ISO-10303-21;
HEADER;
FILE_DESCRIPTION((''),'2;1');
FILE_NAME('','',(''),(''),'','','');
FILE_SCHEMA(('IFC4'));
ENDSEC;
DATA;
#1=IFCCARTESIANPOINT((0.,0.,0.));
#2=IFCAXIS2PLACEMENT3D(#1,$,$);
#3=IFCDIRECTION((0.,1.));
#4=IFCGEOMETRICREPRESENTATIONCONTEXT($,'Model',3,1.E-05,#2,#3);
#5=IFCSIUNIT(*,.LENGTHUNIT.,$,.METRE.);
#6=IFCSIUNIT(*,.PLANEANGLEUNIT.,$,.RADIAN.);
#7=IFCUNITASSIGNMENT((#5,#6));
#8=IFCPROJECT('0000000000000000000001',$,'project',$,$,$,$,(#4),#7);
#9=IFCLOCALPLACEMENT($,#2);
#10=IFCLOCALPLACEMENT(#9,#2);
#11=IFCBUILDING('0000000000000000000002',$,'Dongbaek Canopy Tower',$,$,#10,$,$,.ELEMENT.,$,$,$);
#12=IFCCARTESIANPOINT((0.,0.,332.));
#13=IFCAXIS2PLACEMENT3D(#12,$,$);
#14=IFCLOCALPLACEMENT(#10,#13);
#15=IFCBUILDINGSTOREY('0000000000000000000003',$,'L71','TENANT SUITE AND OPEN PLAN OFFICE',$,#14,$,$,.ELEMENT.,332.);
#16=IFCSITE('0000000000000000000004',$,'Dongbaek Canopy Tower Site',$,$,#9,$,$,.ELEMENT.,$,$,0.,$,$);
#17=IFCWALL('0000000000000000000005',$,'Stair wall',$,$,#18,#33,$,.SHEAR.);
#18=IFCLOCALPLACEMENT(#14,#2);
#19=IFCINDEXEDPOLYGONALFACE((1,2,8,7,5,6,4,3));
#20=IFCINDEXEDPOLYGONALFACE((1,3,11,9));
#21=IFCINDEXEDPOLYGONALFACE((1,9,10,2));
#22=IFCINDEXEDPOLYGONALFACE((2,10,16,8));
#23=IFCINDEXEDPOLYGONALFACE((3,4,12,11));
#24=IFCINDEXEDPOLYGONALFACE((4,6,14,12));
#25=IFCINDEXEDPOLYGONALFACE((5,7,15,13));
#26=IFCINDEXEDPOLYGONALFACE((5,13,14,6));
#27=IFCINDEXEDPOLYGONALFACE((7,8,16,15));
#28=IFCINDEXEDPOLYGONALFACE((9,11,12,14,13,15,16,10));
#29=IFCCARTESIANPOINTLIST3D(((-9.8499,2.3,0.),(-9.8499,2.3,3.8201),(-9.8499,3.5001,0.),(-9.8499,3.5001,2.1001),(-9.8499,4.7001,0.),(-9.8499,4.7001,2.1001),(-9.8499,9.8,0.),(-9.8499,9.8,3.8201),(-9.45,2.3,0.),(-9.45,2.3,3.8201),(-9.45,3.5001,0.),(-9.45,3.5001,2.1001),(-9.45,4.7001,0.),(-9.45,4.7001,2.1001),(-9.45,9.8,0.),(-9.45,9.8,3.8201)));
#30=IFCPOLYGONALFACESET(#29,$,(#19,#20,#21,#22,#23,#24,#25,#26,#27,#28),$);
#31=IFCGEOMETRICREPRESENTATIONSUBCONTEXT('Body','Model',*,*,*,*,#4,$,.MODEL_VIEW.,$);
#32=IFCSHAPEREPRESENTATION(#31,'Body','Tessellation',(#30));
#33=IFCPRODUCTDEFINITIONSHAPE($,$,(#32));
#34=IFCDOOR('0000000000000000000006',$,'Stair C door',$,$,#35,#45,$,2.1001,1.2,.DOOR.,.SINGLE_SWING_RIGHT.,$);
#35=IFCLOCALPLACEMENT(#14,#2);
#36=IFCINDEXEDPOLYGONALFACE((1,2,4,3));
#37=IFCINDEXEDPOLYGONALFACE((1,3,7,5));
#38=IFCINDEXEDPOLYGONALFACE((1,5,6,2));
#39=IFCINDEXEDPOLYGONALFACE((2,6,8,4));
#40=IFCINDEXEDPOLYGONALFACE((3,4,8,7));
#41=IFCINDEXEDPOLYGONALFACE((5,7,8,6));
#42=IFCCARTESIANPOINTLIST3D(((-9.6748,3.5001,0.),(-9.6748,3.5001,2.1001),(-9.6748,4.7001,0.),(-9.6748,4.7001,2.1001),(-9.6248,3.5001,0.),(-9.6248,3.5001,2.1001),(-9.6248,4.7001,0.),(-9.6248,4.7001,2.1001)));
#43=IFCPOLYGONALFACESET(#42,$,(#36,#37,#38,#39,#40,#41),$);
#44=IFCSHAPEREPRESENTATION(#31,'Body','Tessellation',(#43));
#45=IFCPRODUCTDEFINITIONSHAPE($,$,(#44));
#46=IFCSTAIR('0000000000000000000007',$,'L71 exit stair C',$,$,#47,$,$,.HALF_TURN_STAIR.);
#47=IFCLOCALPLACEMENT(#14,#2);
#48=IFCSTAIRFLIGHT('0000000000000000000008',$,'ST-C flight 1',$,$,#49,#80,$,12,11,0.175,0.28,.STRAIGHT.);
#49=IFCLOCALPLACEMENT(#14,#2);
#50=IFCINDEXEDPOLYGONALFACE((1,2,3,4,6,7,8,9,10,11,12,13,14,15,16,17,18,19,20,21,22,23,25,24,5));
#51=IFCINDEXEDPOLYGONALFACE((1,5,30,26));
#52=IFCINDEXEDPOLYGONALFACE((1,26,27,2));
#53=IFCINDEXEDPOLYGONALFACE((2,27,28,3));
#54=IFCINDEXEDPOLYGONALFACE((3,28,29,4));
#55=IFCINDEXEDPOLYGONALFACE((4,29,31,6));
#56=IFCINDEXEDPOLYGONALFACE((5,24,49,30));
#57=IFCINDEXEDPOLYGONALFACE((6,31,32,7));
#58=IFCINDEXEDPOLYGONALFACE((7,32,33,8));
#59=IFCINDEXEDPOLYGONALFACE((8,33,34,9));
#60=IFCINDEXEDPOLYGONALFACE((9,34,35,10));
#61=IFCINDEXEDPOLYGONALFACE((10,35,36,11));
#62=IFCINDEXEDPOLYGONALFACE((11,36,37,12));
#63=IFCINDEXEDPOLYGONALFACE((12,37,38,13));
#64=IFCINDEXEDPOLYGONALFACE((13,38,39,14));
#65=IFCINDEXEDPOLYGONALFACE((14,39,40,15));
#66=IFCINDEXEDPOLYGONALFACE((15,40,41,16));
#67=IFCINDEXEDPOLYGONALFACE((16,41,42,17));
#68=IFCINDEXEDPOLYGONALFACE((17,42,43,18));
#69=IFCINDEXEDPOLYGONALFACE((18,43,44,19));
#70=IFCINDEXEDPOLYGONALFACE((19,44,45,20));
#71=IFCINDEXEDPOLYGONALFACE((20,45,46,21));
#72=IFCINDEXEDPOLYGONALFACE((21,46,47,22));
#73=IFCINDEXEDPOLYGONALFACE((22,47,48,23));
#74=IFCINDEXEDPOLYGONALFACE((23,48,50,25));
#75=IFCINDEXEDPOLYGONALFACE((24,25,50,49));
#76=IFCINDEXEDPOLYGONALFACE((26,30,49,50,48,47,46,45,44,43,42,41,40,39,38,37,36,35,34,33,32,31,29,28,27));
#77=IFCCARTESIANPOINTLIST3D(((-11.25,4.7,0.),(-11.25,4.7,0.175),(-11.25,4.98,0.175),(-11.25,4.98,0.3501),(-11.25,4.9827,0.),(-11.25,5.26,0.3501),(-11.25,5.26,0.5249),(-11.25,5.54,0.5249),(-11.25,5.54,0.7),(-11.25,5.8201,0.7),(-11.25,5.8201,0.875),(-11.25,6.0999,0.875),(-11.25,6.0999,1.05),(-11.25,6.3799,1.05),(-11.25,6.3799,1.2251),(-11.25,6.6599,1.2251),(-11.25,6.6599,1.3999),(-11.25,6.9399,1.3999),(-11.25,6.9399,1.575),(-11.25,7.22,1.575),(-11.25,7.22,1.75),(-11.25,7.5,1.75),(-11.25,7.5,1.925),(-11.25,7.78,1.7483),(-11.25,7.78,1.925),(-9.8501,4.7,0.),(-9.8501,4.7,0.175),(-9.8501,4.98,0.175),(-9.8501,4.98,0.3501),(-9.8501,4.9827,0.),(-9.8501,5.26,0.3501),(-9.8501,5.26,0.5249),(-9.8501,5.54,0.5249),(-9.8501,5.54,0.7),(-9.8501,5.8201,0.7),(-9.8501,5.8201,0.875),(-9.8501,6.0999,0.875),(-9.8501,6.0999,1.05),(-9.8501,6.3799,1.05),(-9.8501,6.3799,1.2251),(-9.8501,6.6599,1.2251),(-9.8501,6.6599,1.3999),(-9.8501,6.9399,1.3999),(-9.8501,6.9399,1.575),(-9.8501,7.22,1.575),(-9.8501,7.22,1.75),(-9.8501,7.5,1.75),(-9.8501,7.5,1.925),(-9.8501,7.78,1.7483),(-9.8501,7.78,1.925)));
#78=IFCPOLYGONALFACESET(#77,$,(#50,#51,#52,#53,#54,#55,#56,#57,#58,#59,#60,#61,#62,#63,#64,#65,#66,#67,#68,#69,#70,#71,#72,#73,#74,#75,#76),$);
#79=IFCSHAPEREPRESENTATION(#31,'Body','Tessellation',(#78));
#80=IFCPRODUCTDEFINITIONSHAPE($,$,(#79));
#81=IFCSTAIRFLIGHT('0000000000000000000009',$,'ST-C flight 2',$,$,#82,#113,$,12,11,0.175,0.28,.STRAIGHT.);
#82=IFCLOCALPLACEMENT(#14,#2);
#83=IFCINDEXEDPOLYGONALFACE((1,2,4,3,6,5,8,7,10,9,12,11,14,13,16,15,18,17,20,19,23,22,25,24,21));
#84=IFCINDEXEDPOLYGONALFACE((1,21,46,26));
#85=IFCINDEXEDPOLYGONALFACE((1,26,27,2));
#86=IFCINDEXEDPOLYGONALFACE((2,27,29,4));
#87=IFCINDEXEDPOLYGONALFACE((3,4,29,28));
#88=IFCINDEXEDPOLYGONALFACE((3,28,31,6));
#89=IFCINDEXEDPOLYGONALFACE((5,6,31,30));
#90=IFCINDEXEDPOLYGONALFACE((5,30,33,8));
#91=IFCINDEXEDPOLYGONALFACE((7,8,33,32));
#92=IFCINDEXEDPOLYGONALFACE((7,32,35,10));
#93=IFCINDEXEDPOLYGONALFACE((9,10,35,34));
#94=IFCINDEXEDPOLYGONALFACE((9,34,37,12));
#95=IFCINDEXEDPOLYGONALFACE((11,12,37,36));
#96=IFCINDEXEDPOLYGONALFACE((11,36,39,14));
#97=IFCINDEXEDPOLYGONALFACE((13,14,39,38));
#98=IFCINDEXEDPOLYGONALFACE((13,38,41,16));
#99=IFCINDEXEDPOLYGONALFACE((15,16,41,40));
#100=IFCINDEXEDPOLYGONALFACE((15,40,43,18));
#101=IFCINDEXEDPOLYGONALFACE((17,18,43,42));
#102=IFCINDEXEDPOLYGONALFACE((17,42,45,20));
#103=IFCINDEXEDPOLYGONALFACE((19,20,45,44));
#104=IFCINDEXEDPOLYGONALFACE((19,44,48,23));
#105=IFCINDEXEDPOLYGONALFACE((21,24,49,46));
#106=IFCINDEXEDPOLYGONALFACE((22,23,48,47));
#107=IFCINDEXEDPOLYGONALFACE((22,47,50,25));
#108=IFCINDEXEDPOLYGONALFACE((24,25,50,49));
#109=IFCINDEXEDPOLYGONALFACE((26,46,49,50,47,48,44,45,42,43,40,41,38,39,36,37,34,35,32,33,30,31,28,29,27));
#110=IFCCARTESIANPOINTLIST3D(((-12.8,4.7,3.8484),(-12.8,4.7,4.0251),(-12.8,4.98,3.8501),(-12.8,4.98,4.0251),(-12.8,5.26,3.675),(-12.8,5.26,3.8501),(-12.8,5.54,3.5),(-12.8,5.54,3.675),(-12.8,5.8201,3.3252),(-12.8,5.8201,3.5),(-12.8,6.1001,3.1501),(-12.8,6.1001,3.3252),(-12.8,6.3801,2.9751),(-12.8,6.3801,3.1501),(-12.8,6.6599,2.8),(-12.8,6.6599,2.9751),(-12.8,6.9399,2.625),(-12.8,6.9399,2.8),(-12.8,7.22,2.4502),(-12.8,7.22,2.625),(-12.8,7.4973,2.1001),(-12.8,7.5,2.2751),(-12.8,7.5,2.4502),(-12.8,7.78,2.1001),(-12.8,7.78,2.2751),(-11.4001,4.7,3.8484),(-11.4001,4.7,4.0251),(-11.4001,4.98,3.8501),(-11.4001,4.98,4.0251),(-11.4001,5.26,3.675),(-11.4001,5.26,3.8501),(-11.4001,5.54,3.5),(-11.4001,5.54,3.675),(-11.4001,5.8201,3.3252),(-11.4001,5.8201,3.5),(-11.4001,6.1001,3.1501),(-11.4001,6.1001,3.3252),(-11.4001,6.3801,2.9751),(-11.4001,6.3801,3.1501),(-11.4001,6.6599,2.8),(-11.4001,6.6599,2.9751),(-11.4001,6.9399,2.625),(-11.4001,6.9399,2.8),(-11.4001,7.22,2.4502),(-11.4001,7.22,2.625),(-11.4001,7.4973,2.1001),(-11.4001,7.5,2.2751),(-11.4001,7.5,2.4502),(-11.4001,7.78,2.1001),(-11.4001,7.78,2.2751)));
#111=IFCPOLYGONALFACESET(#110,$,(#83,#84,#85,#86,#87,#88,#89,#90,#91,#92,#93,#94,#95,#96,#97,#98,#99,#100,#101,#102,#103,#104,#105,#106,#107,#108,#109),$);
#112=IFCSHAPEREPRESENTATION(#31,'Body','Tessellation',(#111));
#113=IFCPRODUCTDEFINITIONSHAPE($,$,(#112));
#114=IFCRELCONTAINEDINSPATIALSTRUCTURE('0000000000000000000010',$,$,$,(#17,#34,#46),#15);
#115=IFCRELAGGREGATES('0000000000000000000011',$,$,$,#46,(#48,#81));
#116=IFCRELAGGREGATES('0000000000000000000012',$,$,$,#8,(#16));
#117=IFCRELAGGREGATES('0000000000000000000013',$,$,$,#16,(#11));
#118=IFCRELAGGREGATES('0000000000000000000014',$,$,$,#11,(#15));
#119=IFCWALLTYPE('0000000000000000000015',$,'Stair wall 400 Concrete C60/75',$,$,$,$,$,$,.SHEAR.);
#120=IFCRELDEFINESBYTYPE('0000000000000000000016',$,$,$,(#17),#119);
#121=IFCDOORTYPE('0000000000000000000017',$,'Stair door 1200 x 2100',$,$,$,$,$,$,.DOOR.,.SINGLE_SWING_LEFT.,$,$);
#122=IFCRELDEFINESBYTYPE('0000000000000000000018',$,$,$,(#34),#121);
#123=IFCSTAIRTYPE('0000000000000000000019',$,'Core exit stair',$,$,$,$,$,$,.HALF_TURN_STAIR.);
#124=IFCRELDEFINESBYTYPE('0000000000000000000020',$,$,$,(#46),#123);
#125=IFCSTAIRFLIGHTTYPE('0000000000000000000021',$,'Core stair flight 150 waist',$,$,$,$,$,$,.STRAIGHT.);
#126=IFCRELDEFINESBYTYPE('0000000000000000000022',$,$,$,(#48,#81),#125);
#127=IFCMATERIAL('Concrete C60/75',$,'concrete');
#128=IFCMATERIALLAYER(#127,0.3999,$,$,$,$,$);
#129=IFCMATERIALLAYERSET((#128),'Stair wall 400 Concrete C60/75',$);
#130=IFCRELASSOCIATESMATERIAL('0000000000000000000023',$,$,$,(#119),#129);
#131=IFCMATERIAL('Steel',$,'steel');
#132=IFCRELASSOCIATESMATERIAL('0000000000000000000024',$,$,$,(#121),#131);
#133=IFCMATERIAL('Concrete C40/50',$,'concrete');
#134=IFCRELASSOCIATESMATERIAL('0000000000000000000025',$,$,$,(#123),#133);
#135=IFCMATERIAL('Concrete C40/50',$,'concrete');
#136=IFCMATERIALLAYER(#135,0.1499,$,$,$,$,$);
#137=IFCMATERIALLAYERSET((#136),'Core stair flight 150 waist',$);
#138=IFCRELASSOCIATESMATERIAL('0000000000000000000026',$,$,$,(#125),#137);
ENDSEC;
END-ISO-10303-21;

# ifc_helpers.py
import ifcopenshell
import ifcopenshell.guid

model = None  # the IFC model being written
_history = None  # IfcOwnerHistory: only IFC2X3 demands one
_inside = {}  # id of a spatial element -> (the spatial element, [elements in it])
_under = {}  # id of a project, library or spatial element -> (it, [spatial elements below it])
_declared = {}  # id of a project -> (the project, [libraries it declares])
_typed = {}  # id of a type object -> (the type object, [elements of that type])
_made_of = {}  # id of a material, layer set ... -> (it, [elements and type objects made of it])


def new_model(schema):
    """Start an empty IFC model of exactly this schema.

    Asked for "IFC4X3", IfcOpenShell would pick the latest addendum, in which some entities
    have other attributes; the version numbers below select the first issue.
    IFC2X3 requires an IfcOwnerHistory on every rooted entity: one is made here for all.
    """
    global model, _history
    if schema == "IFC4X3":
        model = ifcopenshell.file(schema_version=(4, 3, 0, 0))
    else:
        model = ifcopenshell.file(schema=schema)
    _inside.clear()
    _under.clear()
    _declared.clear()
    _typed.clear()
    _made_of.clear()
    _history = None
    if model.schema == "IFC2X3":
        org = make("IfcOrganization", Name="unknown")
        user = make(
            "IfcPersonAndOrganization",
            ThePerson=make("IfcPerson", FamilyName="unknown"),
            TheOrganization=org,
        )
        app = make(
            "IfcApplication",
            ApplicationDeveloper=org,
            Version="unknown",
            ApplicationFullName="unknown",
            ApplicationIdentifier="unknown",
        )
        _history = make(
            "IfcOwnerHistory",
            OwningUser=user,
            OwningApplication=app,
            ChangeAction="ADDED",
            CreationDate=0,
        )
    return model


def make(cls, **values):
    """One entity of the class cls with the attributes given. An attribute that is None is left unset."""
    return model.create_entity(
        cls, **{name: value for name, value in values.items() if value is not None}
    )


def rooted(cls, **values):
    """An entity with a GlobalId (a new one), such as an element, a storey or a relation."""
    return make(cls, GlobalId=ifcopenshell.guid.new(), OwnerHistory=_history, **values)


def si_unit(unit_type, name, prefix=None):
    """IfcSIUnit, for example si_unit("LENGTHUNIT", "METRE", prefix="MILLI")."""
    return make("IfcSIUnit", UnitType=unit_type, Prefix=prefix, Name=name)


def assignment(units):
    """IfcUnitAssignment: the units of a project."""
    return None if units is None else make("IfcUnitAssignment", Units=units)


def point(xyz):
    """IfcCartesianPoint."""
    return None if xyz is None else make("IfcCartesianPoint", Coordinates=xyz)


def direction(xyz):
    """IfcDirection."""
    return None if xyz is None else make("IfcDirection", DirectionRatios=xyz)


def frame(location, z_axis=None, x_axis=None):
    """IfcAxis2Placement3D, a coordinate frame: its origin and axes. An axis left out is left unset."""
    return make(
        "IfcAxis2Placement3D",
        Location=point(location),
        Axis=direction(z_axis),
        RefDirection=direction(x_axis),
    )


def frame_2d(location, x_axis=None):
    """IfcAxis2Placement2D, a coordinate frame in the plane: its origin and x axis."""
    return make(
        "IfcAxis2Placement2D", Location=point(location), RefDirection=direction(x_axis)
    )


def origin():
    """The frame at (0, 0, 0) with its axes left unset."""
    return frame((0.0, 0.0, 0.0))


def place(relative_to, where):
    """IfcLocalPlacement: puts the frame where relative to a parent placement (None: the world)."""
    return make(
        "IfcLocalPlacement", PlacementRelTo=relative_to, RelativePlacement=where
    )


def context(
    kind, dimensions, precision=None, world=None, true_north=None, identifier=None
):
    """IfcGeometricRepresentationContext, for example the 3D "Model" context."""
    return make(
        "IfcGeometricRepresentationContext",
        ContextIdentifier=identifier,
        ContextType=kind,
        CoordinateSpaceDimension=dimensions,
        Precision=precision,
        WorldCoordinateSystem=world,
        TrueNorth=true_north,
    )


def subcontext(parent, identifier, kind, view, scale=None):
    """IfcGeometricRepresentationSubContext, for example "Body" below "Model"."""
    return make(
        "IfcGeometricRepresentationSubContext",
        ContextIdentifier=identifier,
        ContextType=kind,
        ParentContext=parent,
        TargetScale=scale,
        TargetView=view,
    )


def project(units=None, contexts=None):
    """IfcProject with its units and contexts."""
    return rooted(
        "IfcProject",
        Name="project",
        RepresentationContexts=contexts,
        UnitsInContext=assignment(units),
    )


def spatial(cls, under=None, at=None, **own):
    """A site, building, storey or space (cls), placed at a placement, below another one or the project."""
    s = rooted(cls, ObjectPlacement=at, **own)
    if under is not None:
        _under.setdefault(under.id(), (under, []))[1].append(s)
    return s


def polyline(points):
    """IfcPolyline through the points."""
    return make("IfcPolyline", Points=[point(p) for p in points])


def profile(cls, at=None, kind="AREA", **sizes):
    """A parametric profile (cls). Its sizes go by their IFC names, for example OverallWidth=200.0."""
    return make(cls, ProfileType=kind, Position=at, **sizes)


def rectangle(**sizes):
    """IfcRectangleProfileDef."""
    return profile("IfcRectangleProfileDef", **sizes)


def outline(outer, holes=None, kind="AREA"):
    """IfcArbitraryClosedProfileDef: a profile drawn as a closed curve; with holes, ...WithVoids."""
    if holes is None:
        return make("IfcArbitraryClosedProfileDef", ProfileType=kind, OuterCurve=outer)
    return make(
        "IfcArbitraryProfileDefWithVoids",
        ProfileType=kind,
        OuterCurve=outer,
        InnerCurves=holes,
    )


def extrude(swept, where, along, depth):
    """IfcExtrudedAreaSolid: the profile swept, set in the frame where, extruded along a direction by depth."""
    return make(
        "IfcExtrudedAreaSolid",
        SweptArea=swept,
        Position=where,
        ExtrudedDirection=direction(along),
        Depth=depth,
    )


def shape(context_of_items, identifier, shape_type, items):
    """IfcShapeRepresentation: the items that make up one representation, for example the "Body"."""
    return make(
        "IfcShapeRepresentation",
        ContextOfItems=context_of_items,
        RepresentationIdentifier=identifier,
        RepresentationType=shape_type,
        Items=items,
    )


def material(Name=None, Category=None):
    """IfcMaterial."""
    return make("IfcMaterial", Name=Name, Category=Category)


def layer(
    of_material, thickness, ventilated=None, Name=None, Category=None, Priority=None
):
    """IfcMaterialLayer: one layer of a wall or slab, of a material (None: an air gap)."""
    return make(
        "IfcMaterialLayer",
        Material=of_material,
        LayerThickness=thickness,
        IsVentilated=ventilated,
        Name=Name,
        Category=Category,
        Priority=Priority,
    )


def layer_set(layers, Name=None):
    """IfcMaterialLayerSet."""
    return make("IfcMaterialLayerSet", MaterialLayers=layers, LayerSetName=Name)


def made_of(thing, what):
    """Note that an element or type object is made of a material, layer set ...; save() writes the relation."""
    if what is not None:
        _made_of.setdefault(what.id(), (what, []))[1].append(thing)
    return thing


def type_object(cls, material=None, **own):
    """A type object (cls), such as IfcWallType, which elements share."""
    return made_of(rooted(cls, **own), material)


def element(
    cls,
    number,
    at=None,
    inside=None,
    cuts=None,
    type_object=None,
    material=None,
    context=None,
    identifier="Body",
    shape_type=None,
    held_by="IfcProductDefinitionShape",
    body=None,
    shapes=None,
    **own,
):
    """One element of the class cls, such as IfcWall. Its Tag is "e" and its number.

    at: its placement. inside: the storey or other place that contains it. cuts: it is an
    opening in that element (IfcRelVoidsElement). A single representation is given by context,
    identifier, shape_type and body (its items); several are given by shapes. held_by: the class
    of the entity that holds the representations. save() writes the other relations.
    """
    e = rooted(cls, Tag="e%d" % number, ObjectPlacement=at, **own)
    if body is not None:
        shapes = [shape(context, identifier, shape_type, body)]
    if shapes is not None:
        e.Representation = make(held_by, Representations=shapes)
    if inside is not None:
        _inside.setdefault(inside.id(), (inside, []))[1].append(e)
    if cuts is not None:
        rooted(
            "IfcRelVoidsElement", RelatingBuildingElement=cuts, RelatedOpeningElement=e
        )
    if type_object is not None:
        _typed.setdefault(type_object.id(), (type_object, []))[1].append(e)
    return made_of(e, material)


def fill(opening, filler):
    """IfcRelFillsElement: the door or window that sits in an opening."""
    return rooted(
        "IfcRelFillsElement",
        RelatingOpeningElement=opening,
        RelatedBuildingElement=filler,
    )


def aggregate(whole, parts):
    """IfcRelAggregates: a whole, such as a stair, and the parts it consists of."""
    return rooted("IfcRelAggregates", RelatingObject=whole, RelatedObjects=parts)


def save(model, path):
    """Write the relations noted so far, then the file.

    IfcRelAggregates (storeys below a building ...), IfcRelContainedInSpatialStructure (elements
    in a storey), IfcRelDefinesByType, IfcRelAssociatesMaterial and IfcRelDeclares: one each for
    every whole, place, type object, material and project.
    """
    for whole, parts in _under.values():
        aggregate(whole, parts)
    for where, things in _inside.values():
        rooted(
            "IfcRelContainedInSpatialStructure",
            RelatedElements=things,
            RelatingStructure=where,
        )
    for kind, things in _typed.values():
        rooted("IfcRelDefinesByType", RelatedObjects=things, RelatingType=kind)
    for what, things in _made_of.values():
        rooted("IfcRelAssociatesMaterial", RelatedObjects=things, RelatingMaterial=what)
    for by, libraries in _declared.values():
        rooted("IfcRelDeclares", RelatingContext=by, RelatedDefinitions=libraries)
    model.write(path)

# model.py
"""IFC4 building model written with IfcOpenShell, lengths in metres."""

from ifc_helpers import new_model, si_unit, direction, frame, frame_2d, origin, place, context, subcontext, project, spatial, polyline, rectangle, outline, extrude, material, layer, layer_set, type_object, element, fill, aggregate, save


model = new_model("IFC4")

# Units and contexts
model_context = context("Model", 3, precision=1e-05, world=origin(), true_north=direction((0.0, 1.0)))
body_context = subcontext(model_context, "Body", "Model", "MODEL_VIEW")
ifc_project = project(units=[si_unit("LENGTHUNIT", "METRE"), si_unit("PLANEANGLEUNIT", "RADIAN")], contexts=[model_context])

# Site, building, storey
site_placement = place(None, origin())
site = spatial("IfcSite", under=ifc_project, at=site_placement, Name="Dongbaek Canopy Tower Site", CompositionType="ELEMENT", RefElevation=0.0)
building_placement = place(site_placement, origin())
building = spatial("IfcBuilding", under=site, at=building_placement, Name="Dongbaek Canopy Tower", CompositionType="ELEMENT")
storey_placement = place(building_placement, frame((0.0, 0.0, 332.0)))
storey = spatial("IfcBuildingStorey", under=building, at=storey_placement, Name="L71", Description="TENANT SUITE AND OPEN PLAN OFFICE", CompositionType="ELEMENT", Elevation=332.0)

# Wall, opening, door
ifc_material_1 = material(Name="Concrete C60/75", Category="concrete")
ifc_layer_1 = layer(ifc_material_1, 0.3999)
ifc_layer_set_1 = layer_set([ifc_layer_1], Name="Stair wall 400 Concrete C60/75")
wall_type_1 = type_object("IfcWallType", Name="Stair wall 400 Concrete C60/75", PredefinedType="SHEAR", material=ifc_layer_set_1)
wall_1_placement = place(storey_placement, frame((-9.6499, 2.3, 0.0), z_axis=(0.0, 0.0, 1.0), x_axis=(0.0, 1.0, 0.0)))
wall_1 = element("IfcWall", 1, at=wall_1_placement, inside=storey, type_object=wall_type_1, Name="Stair wall", PredefinedType="SHEAR", context=body_context, shape_type="SweptSolid", body=[
    extrude(rectangle(XDim=7.5, YDim=0.3999, at=frame_2d((3.75, 0.0))), origin(), (0.0, 0.0, 1.0), 3.8201),
])
opening_1_placement = place(wall_1_placement, frame((1.2, 0.0, 0.0)))
opening_1 = element("IfcOpeningElement", 2, at=opening_1_placement, cuts=wall_1, PredefinedType="OPENING", context=body_context, shape_type="SweptSolid", body=[
    extrude(rectangle(XDim=1.2, YDim=2.1001, at=frame_2d((0.6001, 1.05))), frame((0.0, 0.21, 0.0), z_axis=(0.0, -1.0, 0.0), x_axis=(1.0, 0.0, 0.0)), (0.0, 0.0, 1.0), 0.4199),
])
ifc_material_2 = material(Name="Steel", Category="steel")
door_type_1 = type_object("IfcDoorType", Name="Stair door 1200 x 2100", OperationType="SINGLE_SWING_LEFT", PredefinedType="DOOR", material=ifc_material_2)
door_1_placement = place(opening_1_placement, origin())
door_1 = element("IfcDoor", 3, at=door_1_placement, inside=storey, type_object=door_type_1, Name="Stair C door", OperationType="SINGLE_SWING_RIGHT", OverallHeight=2.1001, OverallWidth=1.2, PredefinedType="DOOR", context=body_context, shape_type="SweptSolid", body=[
    extrude(rectangle(XDim=1.2, YDim=2.1001, at=frame_2d((0.6001, 1.05))), frame((0.0, 0.0249, 0.0), z_axis=(0.0, -1.0, 0.0), x_axis=(1.0, 0.0, 0.0)), (0.0, 0.0, 1.0), 0.05),
])
fill(opening_1, door_1)

# Stair, stair flights
ifc_material_3 = material(Name="Concrete C40/50", Category="concrete")
stair_type = type_object("IfcStairType", Name="Core exit stair", PredefinedType="HALF_TURN_STAIR", material=ifc_material_3)
stair_placement = place(storey_placement, origin())
stair = element("IfcStair", 4, at=stair_placement, inside=storey, type_object=stair_type, Name="L71 exit stair C", PredefinedType="HALF_TURN_STAIR")
ifc_material_4 = material(Name="Concrete C40/50", Category="concrete")
ifc_layer_2 = layer(ifc_material_4, 0.1499)
ifc_layer_set_2 = layer_set([ifc_layer_2], Name="Core stair flight 150 waist")
stair_flight_type = type_object("IfcStairFlightType", Name="Core stair flight 150 waist", PredefinedType="STRAIGHT", material=ifc_layer_set_2)
stair_flight_1_placement = place(storey_placement, frame((-10.55, 4.7, 0.0), z_axis=(0.0, 0.0, 1.0), x_axis=(0.0, 1.0, 0.0)))
stair_flight_1 = element("IfcStairFlight", 5, at=stair_flight_1_placement, type_object=stair_flight_type, Name="ST-C flight 1", NumberOfRisers=12, NumberOfTreads=11, PredefinedType="STRAIGHT", RiserHeight=0.175, TreadLength=0.28, context=body_context, shape_type="SweptSolid", body=[
    extrude(outline(polyline([(0.0, 0.0), (0.0, 0.175), (0.28, 0.175), (0.28, 0.3501), (0.5601, 0.3501), (0.5601, 0.5249), (0.8401, 0.5249), (0.8401, 0.7), (1.1201, 0.7), (1.1201, 0.875), (1.3999, 0.875), (1.3999, 1.05), (1.6799, 1.05), (1.6799, 1.2251), (1.96, 1.2251), (1.96, 1.3999), (2.24, 1.3999), (2.24, 1.575), (2.52, 1.575), (2.52, 1.75), (2.8, 1.75), (2.8, 1.925), (3.0801, 1.925), (3.0801, 2.1001), (3.0801, 1.7483), (0.2827, 0.0), (0.0, 0.0)])), frame((0.0, 0.7, 0.0), z_axis=(0.0, -1.0, 0.0), x_axis=(1.0, 0.0, 0.0)), (0.0, 0.0, 1.0), 1.3999),
])
stair_flight_2_placement = place(storey_placement, frame((-12.1001, 7.78, 2.1001), z_axis=(0.0, 0.0, 1.0), x_axis=(0.0, -1.0, 0.0)))
stair_flight_2 = element("IfcStairFlight", 6, at=stair_flight_2_placement, type_object=stair_flight_type, Name="ST-C flight 2", NumberOfRisers=12, NumberOfTreads=11, PredefinedType="STRAIGHT", RiserHeight=0.175, TreadLength=0.28, context=body_context, shape_type="SweptSolid", body=[
    extrude(outline(polyline([(0.0, 0.0), (0.0, 0.175), (0.28, 0.175), (0.28, 0.3501), (0.5601, 0.3501), (0.5601, 0.5249), (0.8401, 0.5249), (0.8401, 0.7), (1.1201, 0.7), (1.1201, 0.875), (1.3999, 0.875), (1.3999, 1.05), (1.6799, 1.05), (1.6799, 1.2251), (1.96, 1.2251), (1.96, 1.3999), (2.24, 1.3999), (2.24, 1.575), (2.52, 1.575), (2.52, 1.75), (2.8, 1.75), (2.8, 1.925), (3.0801, 1.925), (3.0801, 2.1001), (3.0801, 1.7483), (0.2827, 0.0), (0.0, 0.0)])), frame((0.0, 0.7, 0.0), z_axis=(0.0, -1.0, 0.0), x_axis=(1.0, 0.0, 0.0)), (0.0, 0.0, 1.0), 1.3999),
])
aggregate(stair, [stair_flight_1, stair_flight_2])

save(model, "model.ifc")
